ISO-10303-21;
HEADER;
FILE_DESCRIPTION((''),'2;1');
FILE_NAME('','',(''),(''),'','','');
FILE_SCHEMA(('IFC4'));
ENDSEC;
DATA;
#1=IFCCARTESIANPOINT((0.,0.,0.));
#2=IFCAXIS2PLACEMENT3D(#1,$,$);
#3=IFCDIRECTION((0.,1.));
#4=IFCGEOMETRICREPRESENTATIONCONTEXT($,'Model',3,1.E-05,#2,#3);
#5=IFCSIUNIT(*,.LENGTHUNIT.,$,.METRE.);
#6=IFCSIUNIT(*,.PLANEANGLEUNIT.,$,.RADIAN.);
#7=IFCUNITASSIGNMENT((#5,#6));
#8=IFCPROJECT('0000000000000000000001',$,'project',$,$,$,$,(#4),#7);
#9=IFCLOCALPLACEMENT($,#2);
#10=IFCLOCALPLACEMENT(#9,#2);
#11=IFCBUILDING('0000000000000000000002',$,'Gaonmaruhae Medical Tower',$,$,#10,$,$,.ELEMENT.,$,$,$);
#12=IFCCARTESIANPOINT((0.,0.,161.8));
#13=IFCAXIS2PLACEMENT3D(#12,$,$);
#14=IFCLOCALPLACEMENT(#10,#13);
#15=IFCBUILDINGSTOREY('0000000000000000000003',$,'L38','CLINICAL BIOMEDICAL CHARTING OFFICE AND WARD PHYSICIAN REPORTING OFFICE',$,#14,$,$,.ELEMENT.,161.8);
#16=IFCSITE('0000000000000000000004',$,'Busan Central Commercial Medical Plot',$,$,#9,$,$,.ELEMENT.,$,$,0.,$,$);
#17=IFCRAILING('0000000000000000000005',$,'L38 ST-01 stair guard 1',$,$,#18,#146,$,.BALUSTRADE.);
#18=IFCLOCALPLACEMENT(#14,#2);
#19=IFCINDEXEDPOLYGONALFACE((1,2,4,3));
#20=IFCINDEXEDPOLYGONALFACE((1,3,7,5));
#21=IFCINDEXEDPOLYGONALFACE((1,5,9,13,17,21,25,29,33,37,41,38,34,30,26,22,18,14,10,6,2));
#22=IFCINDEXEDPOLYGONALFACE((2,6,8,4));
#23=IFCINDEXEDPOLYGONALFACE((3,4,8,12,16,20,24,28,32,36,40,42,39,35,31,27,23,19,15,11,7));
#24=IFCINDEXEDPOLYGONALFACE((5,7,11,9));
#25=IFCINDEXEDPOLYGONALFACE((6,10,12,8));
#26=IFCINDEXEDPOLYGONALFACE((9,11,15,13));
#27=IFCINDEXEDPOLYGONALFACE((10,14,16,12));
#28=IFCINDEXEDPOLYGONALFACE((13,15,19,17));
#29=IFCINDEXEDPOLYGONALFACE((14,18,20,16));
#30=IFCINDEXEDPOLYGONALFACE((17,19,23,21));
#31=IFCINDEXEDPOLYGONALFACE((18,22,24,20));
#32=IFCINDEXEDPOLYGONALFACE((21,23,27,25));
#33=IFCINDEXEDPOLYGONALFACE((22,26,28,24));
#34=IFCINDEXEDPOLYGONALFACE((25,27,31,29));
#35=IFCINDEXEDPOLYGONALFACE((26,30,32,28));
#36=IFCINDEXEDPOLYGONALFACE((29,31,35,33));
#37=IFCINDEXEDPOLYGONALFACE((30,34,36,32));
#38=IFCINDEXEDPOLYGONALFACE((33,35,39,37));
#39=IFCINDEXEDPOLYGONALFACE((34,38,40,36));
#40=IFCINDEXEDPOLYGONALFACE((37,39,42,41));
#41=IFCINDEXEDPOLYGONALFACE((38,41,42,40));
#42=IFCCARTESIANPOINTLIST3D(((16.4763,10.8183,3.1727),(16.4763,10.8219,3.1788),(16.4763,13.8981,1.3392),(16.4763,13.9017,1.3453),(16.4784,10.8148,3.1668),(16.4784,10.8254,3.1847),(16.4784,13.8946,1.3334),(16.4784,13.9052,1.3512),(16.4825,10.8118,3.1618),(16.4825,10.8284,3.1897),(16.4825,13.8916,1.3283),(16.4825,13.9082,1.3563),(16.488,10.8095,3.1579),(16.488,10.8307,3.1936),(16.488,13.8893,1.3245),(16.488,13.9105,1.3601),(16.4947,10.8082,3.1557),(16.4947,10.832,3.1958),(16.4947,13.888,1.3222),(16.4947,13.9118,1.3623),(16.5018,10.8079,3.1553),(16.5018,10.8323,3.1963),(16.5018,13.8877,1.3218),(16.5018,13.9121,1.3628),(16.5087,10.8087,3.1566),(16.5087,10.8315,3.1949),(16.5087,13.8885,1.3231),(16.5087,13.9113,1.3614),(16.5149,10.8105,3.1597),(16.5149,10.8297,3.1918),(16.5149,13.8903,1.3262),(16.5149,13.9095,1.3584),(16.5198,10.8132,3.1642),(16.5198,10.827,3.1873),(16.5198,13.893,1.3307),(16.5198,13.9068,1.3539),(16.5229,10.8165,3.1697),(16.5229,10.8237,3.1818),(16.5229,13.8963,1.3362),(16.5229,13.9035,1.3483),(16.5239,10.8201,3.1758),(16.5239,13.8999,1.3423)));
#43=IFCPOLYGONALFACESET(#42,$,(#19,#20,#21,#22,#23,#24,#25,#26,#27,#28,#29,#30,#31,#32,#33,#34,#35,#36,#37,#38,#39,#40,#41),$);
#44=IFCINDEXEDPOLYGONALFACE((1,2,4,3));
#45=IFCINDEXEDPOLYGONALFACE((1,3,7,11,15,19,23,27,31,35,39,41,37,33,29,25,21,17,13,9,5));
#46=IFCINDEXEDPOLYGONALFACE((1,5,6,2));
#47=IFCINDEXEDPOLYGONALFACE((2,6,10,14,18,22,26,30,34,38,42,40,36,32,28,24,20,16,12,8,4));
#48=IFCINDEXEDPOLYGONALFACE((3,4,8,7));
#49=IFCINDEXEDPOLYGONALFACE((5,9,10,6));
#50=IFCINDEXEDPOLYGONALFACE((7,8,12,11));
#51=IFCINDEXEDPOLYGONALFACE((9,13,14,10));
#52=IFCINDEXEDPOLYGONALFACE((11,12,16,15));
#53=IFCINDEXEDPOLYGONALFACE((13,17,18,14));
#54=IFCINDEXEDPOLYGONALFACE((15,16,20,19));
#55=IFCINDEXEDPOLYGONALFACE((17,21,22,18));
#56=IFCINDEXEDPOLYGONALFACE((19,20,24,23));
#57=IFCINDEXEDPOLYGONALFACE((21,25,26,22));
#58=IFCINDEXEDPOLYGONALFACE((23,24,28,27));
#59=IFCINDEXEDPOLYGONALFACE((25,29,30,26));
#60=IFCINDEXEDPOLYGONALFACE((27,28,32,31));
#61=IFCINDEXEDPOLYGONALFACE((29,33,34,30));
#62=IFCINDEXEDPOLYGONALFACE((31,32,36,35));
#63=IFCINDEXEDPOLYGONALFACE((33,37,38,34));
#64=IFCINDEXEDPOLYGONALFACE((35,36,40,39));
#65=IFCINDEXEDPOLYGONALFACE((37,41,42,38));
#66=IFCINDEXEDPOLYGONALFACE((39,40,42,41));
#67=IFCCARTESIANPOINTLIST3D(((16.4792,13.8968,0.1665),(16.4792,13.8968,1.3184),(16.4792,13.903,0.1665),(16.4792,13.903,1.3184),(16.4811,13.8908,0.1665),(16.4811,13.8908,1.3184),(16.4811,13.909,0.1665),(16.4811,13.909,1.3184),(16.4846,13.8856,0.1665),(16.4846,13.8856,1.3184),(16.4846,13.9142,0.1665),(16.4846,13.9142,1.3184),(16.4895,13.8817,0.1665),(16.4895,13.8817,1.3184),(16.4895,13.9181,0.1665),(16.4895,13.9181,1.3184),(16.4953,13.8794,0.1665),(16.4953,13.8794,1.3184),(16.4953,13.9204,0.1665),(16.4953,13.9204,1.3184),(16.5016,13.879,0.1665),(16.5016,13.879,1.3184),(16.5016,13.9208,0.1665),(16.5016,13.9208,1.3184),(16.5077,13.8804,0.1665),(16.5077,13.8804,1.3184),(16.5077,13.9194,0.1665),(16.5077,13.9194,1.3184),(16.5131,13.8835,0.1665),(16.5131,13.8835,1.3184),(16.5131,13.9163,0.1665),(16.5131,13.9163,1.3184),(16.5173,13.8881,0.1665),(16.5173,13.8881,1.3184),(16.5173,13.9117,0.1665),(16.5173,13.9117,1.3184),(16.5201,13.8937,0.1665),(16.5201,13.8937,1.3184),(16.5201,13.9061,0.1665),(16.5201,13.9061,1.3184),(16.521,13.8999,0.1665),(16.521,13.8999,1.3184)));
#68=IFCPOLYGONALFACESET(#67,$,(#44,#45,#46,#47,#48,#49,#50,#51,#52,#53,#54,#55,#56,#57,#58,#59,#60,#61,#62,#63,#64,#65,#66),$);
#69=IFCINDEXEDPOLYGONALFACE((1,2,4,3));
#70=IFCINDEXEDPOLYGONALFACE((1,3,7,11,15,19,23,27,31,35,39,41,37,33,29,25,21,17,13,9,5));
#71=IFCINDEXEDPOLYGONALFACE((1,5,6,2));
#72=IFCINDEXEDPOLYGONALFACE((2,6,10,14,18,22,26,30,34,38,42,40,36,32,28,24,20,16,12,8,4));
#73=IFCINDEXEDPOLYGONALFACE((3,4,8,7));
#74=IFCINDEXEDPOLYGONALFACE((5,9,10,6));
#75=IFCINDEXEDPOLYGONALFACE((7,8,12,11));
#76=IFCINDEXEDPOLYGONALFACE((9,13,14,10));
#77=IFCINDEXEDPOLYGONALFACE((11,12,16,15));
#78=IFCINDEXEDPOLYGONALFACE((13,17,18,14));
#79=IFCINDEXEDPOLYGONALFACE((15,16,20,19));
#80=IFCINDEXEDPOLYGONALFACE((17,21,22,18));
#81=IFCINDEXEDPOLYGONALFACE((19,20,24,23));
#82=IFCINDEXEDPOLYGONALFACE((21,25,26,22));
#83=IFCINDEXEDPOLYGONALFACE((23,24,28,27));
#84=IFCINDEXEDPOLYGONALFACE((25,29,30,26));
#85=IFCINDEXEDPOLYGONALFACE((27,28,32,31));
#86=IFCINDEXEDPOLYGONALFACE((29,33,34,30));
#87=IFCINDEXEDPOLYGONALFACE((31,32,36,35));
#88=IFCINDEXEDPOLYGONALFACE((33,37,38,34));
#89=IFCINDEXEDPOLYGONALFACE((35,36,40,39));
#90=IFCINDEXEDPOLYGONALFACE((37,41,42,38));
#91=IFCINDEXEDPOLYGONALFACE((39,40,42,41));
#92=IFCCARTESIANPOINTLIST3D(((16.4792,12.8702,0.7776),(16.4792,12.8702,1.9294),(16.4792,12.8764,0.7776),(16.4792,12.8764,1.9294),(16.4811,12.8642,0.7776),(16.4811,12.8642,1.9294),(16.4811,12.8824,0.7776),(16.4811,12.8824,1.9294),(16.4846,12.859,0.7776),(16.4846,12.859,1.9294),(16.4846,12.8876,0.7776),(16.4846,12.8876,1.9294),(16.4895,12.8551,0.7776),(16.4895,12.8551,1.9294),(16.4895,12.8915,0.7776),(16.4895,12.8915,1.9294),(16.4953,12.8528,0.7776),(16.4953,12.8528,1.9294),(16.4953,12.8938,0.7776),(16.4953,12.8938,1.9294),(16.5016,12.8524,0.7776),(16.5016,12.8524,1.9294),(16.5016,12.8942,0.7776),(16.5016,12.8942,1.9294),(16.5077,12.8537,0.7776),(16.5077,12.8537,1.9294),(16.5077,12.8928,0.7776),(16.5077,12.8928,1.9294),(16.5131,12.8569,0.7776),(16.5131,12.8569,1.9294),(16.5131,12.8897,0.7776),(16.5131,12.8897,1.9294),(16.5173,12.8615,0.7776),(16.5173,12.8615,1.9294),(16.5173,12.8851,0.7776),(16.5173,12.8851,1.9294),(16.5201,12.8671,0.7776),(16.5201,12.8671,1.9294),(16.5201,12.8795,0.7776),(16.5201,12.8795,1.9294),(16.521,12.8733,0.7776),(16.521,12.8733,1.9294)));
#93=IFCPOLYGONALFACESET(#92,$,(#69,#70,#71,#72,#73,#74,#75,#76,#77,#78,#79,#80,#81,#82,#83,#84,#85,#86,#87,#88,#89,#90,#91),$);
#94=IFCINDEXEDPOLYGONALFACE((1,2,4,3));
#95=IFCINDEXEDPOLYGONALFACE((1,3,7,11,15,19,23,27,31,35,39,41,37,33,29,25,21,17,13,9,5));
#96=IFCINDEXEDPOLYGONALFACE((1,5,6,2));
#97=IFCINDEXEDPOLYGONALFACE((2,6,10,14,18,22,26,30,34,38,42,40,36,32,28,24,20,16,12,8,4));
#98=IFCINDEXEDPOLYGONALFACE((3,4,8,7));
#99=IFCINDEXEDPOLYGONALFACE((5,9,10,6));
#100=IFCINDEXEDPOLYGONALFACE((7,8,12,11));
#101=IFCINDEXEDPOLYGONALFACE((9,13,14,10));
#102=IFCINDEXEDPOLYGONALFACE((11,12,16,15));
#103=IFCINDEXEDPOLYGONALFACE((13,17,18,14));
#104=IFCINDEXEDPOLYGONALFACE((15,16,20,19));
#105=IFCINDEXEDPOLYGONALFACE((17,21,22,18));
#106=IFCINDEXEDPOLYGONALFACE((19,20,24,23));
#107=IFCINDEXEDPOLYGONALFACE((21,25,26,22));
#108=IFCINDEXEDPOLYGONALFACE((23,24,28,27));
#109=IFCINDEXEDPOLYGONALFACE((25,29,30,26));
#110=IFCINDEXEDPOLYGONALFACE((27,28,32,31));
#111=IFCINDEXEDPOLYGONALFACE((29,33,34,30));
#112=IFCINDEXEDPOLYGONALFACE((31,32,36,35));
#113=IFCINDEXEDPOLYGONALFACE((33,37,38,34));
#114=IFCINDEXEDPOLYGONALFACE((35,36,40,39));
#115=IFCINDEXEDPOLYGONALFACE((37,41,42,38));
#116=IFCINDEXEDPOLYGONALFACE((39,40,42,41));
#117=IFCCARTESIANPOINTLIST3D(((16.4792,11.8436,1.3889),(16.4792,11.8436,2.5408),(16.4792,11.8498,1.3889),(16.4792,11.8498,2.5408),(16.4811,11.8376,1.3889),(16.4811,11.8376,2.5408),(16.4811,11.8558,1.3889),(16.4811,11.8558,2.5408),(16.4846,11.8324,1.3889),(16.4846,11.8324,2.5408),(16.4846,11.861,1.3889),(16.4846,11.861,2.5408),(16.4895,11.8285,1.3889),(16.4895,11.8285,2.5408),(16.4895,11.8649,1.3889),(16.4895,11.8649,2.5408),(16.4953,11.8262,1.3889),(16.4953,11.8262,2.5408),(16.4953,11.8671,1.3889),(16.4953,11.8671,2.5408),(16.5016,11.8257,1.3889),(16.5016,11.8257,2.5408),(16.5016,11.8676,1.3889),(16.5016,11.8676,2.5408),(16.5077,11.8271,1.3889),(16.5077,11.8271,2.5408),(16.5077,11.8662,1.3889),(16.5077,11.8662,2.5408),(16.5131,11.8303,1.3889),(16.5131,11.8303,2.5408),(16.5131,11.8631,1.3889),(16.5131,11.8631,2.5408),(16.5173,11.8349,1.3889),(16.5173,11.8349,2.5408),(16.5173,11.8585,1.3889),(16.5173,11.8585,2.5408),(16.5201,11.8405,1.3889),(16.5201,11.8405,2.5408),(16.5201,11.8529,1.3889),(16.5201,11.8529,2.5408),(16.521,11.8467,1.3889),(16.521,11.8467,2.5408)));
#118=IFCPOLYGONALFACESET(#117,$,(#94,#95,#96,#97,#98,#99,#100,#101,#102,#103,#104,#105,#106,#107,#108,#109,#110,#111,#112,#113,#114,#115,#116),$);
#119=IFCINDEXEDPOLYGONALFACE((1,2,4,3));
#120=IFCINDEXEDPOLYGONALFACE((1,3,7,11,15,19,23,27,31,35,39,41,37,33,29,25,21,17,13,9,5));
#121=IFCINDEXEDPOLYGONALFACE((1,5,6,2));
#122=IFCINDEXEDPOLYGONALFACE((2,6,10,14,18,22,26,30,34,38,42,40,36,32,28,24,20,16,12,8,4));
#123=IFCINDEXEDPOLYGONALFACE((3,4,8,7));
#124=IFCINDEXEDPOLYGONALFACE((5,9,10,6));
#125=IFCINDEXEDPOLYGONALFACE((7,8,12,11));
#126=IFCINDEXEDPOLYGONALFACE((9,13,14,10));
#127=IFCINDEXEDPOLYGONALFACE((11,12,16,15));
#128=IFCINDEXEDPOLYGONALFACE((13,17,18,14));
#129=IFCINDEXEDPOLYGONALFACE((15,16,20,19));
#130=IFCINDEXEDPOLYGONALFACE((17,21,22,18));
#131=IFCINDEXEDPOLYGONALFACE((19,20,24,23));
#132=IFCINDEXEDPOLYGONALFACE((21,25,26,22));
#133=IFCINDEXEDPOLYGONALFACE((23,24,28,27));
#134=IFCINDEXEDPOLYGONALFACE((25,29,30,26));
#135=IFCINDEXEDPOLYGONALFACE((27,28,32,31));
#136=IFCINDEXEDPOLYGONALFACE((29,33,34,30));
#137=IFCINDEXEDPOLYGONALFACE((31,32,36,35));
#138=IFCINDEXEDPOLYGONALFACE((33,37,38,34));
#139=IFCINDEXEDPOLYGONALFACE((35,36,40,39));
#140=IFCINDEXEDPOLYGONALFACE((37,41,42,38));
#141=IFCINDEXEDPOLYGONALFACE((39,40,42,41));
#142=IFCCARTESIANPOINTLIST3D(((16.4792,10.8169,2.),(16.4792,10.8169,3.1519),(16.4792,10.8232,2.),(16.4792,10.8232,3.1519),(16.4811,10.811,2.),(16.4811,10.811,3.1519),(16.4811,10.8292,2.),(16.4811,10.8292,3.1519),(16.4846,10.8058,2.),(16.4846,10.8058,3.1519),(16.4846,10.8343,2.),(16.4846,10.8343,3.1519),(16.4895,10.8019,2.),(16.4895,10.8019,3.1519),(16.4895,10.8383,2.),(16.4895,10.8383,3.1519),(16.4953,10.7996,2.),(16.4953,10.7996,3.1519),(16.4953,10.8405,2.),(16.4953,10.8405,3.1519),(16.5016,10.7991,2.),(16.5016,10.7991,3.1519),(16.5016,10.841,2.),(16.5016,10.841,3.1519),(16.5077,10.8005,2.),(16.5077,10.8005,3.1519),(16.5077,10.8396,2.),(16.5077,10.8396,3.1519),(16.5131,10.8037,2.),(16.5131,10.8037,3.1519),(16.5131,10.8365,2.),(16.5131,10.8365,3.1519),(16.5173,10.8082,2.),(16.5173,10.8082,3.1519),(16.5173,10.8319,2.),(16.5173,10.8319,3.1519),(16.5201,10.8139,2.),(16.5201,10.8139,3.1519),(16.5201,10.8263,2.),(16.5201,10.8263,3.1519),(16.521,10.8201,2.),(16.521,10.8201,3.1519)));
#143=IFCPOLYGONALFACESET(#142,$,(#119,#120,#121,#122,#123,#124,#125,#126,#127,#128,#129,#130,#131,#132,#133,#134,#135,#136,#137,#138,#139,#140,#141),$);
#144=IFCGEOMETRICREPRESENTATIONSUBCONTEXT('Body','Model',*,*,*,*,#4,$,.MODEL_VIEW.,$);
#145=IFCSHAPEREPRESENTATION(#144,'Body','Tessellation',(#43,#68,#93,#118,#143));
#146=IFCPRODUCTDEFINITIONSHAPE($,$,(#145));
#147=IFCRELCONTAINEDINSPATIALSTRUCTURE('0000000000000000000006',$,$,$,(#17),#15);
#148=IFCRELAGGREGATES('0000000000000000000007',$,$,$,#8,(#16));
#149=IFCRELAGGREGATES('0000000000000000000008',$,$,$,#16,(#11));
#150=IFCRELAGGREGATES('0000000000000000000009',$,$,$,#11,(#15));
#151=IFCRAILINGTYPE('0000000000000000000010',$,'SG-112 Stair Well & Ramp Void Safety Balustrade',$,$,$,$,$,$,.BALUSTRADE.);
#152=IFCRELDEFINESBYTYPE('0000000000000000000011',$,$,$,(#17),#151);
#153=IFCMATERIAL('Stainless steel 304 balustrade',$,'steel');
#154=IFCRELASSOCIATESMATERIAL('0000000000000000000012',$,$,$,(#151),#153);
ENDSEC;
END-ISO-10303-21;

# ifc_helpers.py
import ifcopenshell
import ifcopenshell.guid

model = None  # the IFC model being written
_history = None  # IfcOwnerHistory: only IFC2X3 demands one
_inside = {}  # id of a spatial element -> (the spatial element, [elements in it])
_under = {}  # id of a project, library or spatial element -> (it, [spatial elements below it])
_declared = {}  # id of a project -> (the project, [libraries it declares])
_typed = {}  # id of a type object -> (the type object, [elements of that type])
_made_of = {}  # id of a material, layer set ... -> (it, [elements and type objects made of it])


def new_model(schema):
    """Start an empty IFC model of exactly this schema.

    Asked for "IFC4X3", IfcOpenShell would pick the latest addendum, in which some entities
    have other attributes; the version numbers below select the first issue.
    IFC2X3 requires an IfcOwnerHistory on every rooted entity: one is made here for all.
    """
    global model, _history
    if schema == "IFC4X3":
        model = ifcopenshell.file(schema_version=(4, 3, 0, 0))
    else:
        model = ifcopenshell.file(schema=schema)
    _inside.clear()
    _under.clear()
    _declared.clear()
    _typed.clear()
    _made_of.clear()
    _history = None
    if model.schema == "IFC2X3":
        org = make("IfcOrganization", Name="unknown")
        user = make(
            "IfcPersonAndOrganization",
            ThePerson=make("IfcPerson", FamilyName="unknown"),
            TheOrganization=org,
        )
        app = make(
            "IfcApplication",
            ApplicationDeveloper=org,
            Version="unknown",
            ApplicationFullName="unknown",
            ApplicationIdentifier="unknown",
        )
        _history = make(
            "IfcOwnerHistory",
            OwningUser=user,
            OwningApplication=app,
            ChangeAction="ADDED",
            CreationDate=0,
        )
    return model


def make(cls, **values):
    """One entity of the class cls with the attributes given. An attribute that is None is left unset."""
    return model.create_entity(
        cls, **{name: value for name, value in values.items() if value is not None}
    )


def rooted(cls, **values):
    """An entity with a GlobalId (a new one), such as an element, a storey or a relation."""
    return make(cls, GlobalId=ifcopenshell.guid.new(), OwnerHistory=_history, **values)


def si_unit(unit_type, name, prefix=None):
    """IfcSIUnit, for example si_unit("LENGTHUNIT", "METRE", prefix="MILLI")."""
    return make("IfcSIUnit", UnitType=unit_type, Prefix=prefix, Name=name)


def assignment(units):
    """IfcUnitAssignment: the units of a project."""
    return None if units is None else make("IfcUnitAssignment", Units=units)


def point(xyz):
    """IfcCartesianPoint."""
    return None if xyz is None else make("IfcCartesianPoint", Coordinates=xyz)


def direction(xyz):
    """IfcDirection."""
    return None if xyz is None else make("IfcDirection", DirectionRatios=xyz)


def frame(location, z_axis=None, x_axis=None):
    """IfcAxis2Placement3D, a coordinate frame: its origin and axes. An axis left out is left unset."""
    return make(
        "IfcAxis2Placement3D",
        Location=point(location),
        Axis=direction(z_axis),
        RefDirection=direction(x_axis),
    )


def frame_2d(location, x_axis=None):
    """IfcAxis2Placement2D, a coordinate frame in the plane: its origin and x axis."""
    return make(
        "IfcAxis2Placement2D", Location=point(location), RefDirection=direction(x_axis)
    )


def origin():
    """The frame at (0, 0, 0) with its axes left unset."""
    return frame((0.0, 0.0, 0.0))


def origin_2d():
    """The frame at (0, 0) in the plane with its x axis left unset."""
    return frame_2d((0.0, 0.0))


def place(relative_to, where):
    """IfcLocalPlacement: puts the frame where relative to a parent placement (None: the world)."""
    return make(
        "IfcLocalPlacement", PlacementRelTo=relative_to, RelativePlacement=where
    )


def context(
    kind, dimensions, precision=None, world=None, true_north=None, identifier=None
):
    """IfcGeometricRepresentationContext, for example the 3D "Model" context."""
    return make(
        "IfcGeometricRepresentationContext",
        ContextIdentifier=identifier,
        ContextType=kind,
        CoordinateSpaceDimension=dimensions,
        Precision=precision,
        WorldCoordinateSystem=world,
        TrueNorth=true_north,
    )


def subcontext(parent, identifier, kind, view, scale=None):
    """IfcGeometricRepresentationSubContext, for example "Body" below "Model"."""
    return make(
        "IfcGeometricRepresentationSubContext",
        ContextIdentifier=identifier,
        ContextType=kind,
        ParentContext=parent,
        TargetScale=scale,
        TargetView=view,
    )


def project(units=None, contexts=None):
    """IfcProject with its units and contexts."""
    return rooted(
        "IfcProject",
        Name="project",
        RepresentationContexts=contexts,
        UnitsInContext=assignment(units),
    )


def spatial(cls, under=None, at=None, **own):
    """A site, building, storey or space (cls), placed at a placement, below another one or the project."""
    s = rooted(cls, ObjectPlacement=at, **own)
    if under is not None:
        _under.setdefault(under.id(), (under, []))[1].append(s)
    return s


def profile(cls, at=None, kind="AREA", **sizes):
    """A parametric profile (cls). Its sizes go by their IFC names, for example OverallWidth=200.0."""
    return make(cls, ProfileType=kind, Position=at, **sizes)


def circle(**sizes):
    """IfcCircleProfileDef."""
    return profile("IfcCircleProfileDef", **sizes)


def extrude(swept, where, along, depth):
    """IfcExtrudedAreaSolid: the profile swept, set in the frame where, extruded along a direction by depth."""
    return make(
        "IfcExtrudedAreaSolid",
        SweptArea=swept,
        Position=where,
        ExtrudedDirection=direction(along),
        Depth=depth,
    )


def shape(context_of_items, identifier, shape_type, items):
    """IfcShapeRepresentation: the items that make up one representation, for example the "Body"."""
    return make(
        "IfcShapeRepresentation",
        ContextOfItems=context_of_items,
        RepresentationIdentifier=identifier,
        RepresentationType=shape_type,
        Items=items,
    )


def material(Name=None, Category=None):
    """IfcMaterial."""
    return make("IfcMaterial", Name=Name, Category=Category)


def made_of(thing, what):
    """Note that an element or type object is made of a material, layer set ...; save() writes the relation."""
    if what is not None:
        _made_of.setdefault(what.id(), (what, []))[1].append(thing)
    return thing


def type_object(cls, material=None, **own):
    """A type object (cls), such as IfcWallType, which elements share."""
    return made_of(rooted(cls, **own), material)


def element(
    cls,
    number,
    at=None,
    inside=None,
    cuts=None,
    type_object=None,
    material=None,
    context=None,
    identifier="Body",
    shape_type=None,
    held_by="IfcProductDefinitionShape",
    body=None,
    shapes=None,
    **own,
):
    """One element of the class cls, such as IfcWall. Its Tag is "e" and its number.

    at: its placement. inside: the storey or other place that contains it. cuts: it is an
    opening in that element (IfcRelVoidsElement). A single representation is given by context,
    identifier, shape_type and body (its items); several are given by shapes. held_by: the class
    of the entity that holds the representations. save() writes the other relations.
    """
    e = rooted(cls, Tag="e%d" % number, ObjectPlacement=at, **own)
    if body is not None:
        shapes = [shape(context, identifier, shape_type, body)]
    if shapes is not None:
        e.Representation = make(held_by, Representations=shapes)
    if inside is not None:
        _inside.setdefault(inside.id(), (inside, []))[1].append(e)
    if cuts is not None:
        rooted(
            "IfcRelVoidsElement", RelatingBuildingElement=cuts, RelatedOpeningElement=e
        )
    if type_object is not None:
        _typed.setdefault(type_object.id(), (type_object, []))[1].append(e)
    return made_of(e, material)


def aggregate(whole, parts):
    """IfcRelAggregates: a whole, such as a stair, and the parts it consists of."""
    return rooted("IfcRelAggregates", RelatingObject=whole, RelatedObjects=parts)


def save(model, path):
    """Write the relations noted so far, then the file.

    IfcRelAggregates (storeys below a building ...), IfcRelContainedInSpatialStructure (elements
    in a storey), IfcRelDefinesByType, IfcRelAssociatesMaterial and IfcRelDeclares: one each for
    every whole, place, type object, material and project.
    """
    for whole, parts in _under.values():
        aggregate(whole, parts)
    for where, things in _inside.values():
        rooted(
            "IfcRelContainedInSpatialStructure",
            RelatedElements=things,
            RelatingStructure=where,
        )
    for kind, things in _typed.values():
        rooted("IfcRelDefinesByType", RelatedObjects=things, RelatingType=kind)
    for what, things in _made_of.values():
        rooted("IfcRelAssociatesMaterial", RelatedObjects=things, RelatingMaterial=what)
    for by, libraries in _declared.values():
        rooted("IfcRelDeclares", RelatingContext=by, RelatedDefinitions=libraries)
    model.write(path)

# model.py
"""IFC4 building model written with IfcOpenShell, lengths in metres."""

from ifc_helpers import new_model, si_unit, direction, frame, origin, origin_2d, place, context, subcontext, project, spatial, circle, extrude, material, type_object, element, save


model = new_model("IFC4")

# Units and contexts
model_context = context("Model", 3, precision=1e-05, world=origin(), true_north=direction((0.0, 1.0)))
body_context = subcontext(model_context, "Body", "Model", "MODEL_VIEW")
ifc_project = project(units=[si_unit("LENGTHUNIT", "METRE"), si_unit("PLANEANGLEUNIT", "RADIAN")], contexts=[model_context])

# Site, building, storey
site_placement = place(None, origin())
site = spatial("IfcSite", under=ifc_project, at=site_placement, Name="Busan Central Commercial Medical Plot", CompositionType="ELEMENT", RefElevation=0.0)
building_placement = place(site_placement, origin())
building = spatial("IfcBuilding", under=site, at=building_placement, Name="Gaonmaruhae Medical Tower", CompositionType="ELEMENT")
storey_placement = place(building_placement, frame((0.0, 0.0, 161.8)))
storey = spatial("IfcBuildingStorey", under=building, at=storey_placement, Name="L38", Description="CLINICAL BIOMEDICAL CHARTING OFFICE AND WARD PHYSICIAN REPORTING OFFICE", CompositionType="ELEMENT", Elevation=161.8)

# Railing
ifc_material_1 = material(Name="Stainless steel 304 balustrade", Category="steel")
railing_type_1 = type_object("IfcRailingType", Name="SG-112 Stair Well & Ramp Void Safety Balustrade", PredefinedType="BALUSTRADE", material=ifc_material_1)
railing_1_placement = place(storey_placement, frame((16.5, 13.8999, 0.1665)))
element("IfcRailing", 1, at=railing_1_placement, inside=storey, type_object=railing_type_1, Name="L38 ST-01 stair guard 1", PredefinedType="BALUSTRADE", context=body_context, shape_type="SweptSolid", body=[
    extrude(circle(Radius=0.0239, at=origin_2d()), frame((0.0, 0.0, 1.1758), z_axis=(0.0, -0.859261, 0.511538), x_axis=(1.0, 0.0, 0.0)), (0.0, 0.0, 1.0), 3.5842),
    extrude(circle(Radius=0.021, at=origin_2d()), origin(), (0.0, 0.0, 1.0), 1.1519),
    extrude(circle(Radius=0.021, at=origin_2d()), frame((0.0, -1.0266, 0.6111)), (0.0, 0.0, 1.0), 1.1519),
    extrude(circle(Radius=0.021, at=origin_2d()), frame((0.0, -2.0532, 1.2224)), (0.0, 0.0, 1.0), 1.1519),
    extrude(circle(Radius=0.021, at=origin_2d()), frame((0.0, -3.0798, 1.8335)), (0.0, 0.0, 1.0), 1.1519),
])

save(model, "model.ifc")
